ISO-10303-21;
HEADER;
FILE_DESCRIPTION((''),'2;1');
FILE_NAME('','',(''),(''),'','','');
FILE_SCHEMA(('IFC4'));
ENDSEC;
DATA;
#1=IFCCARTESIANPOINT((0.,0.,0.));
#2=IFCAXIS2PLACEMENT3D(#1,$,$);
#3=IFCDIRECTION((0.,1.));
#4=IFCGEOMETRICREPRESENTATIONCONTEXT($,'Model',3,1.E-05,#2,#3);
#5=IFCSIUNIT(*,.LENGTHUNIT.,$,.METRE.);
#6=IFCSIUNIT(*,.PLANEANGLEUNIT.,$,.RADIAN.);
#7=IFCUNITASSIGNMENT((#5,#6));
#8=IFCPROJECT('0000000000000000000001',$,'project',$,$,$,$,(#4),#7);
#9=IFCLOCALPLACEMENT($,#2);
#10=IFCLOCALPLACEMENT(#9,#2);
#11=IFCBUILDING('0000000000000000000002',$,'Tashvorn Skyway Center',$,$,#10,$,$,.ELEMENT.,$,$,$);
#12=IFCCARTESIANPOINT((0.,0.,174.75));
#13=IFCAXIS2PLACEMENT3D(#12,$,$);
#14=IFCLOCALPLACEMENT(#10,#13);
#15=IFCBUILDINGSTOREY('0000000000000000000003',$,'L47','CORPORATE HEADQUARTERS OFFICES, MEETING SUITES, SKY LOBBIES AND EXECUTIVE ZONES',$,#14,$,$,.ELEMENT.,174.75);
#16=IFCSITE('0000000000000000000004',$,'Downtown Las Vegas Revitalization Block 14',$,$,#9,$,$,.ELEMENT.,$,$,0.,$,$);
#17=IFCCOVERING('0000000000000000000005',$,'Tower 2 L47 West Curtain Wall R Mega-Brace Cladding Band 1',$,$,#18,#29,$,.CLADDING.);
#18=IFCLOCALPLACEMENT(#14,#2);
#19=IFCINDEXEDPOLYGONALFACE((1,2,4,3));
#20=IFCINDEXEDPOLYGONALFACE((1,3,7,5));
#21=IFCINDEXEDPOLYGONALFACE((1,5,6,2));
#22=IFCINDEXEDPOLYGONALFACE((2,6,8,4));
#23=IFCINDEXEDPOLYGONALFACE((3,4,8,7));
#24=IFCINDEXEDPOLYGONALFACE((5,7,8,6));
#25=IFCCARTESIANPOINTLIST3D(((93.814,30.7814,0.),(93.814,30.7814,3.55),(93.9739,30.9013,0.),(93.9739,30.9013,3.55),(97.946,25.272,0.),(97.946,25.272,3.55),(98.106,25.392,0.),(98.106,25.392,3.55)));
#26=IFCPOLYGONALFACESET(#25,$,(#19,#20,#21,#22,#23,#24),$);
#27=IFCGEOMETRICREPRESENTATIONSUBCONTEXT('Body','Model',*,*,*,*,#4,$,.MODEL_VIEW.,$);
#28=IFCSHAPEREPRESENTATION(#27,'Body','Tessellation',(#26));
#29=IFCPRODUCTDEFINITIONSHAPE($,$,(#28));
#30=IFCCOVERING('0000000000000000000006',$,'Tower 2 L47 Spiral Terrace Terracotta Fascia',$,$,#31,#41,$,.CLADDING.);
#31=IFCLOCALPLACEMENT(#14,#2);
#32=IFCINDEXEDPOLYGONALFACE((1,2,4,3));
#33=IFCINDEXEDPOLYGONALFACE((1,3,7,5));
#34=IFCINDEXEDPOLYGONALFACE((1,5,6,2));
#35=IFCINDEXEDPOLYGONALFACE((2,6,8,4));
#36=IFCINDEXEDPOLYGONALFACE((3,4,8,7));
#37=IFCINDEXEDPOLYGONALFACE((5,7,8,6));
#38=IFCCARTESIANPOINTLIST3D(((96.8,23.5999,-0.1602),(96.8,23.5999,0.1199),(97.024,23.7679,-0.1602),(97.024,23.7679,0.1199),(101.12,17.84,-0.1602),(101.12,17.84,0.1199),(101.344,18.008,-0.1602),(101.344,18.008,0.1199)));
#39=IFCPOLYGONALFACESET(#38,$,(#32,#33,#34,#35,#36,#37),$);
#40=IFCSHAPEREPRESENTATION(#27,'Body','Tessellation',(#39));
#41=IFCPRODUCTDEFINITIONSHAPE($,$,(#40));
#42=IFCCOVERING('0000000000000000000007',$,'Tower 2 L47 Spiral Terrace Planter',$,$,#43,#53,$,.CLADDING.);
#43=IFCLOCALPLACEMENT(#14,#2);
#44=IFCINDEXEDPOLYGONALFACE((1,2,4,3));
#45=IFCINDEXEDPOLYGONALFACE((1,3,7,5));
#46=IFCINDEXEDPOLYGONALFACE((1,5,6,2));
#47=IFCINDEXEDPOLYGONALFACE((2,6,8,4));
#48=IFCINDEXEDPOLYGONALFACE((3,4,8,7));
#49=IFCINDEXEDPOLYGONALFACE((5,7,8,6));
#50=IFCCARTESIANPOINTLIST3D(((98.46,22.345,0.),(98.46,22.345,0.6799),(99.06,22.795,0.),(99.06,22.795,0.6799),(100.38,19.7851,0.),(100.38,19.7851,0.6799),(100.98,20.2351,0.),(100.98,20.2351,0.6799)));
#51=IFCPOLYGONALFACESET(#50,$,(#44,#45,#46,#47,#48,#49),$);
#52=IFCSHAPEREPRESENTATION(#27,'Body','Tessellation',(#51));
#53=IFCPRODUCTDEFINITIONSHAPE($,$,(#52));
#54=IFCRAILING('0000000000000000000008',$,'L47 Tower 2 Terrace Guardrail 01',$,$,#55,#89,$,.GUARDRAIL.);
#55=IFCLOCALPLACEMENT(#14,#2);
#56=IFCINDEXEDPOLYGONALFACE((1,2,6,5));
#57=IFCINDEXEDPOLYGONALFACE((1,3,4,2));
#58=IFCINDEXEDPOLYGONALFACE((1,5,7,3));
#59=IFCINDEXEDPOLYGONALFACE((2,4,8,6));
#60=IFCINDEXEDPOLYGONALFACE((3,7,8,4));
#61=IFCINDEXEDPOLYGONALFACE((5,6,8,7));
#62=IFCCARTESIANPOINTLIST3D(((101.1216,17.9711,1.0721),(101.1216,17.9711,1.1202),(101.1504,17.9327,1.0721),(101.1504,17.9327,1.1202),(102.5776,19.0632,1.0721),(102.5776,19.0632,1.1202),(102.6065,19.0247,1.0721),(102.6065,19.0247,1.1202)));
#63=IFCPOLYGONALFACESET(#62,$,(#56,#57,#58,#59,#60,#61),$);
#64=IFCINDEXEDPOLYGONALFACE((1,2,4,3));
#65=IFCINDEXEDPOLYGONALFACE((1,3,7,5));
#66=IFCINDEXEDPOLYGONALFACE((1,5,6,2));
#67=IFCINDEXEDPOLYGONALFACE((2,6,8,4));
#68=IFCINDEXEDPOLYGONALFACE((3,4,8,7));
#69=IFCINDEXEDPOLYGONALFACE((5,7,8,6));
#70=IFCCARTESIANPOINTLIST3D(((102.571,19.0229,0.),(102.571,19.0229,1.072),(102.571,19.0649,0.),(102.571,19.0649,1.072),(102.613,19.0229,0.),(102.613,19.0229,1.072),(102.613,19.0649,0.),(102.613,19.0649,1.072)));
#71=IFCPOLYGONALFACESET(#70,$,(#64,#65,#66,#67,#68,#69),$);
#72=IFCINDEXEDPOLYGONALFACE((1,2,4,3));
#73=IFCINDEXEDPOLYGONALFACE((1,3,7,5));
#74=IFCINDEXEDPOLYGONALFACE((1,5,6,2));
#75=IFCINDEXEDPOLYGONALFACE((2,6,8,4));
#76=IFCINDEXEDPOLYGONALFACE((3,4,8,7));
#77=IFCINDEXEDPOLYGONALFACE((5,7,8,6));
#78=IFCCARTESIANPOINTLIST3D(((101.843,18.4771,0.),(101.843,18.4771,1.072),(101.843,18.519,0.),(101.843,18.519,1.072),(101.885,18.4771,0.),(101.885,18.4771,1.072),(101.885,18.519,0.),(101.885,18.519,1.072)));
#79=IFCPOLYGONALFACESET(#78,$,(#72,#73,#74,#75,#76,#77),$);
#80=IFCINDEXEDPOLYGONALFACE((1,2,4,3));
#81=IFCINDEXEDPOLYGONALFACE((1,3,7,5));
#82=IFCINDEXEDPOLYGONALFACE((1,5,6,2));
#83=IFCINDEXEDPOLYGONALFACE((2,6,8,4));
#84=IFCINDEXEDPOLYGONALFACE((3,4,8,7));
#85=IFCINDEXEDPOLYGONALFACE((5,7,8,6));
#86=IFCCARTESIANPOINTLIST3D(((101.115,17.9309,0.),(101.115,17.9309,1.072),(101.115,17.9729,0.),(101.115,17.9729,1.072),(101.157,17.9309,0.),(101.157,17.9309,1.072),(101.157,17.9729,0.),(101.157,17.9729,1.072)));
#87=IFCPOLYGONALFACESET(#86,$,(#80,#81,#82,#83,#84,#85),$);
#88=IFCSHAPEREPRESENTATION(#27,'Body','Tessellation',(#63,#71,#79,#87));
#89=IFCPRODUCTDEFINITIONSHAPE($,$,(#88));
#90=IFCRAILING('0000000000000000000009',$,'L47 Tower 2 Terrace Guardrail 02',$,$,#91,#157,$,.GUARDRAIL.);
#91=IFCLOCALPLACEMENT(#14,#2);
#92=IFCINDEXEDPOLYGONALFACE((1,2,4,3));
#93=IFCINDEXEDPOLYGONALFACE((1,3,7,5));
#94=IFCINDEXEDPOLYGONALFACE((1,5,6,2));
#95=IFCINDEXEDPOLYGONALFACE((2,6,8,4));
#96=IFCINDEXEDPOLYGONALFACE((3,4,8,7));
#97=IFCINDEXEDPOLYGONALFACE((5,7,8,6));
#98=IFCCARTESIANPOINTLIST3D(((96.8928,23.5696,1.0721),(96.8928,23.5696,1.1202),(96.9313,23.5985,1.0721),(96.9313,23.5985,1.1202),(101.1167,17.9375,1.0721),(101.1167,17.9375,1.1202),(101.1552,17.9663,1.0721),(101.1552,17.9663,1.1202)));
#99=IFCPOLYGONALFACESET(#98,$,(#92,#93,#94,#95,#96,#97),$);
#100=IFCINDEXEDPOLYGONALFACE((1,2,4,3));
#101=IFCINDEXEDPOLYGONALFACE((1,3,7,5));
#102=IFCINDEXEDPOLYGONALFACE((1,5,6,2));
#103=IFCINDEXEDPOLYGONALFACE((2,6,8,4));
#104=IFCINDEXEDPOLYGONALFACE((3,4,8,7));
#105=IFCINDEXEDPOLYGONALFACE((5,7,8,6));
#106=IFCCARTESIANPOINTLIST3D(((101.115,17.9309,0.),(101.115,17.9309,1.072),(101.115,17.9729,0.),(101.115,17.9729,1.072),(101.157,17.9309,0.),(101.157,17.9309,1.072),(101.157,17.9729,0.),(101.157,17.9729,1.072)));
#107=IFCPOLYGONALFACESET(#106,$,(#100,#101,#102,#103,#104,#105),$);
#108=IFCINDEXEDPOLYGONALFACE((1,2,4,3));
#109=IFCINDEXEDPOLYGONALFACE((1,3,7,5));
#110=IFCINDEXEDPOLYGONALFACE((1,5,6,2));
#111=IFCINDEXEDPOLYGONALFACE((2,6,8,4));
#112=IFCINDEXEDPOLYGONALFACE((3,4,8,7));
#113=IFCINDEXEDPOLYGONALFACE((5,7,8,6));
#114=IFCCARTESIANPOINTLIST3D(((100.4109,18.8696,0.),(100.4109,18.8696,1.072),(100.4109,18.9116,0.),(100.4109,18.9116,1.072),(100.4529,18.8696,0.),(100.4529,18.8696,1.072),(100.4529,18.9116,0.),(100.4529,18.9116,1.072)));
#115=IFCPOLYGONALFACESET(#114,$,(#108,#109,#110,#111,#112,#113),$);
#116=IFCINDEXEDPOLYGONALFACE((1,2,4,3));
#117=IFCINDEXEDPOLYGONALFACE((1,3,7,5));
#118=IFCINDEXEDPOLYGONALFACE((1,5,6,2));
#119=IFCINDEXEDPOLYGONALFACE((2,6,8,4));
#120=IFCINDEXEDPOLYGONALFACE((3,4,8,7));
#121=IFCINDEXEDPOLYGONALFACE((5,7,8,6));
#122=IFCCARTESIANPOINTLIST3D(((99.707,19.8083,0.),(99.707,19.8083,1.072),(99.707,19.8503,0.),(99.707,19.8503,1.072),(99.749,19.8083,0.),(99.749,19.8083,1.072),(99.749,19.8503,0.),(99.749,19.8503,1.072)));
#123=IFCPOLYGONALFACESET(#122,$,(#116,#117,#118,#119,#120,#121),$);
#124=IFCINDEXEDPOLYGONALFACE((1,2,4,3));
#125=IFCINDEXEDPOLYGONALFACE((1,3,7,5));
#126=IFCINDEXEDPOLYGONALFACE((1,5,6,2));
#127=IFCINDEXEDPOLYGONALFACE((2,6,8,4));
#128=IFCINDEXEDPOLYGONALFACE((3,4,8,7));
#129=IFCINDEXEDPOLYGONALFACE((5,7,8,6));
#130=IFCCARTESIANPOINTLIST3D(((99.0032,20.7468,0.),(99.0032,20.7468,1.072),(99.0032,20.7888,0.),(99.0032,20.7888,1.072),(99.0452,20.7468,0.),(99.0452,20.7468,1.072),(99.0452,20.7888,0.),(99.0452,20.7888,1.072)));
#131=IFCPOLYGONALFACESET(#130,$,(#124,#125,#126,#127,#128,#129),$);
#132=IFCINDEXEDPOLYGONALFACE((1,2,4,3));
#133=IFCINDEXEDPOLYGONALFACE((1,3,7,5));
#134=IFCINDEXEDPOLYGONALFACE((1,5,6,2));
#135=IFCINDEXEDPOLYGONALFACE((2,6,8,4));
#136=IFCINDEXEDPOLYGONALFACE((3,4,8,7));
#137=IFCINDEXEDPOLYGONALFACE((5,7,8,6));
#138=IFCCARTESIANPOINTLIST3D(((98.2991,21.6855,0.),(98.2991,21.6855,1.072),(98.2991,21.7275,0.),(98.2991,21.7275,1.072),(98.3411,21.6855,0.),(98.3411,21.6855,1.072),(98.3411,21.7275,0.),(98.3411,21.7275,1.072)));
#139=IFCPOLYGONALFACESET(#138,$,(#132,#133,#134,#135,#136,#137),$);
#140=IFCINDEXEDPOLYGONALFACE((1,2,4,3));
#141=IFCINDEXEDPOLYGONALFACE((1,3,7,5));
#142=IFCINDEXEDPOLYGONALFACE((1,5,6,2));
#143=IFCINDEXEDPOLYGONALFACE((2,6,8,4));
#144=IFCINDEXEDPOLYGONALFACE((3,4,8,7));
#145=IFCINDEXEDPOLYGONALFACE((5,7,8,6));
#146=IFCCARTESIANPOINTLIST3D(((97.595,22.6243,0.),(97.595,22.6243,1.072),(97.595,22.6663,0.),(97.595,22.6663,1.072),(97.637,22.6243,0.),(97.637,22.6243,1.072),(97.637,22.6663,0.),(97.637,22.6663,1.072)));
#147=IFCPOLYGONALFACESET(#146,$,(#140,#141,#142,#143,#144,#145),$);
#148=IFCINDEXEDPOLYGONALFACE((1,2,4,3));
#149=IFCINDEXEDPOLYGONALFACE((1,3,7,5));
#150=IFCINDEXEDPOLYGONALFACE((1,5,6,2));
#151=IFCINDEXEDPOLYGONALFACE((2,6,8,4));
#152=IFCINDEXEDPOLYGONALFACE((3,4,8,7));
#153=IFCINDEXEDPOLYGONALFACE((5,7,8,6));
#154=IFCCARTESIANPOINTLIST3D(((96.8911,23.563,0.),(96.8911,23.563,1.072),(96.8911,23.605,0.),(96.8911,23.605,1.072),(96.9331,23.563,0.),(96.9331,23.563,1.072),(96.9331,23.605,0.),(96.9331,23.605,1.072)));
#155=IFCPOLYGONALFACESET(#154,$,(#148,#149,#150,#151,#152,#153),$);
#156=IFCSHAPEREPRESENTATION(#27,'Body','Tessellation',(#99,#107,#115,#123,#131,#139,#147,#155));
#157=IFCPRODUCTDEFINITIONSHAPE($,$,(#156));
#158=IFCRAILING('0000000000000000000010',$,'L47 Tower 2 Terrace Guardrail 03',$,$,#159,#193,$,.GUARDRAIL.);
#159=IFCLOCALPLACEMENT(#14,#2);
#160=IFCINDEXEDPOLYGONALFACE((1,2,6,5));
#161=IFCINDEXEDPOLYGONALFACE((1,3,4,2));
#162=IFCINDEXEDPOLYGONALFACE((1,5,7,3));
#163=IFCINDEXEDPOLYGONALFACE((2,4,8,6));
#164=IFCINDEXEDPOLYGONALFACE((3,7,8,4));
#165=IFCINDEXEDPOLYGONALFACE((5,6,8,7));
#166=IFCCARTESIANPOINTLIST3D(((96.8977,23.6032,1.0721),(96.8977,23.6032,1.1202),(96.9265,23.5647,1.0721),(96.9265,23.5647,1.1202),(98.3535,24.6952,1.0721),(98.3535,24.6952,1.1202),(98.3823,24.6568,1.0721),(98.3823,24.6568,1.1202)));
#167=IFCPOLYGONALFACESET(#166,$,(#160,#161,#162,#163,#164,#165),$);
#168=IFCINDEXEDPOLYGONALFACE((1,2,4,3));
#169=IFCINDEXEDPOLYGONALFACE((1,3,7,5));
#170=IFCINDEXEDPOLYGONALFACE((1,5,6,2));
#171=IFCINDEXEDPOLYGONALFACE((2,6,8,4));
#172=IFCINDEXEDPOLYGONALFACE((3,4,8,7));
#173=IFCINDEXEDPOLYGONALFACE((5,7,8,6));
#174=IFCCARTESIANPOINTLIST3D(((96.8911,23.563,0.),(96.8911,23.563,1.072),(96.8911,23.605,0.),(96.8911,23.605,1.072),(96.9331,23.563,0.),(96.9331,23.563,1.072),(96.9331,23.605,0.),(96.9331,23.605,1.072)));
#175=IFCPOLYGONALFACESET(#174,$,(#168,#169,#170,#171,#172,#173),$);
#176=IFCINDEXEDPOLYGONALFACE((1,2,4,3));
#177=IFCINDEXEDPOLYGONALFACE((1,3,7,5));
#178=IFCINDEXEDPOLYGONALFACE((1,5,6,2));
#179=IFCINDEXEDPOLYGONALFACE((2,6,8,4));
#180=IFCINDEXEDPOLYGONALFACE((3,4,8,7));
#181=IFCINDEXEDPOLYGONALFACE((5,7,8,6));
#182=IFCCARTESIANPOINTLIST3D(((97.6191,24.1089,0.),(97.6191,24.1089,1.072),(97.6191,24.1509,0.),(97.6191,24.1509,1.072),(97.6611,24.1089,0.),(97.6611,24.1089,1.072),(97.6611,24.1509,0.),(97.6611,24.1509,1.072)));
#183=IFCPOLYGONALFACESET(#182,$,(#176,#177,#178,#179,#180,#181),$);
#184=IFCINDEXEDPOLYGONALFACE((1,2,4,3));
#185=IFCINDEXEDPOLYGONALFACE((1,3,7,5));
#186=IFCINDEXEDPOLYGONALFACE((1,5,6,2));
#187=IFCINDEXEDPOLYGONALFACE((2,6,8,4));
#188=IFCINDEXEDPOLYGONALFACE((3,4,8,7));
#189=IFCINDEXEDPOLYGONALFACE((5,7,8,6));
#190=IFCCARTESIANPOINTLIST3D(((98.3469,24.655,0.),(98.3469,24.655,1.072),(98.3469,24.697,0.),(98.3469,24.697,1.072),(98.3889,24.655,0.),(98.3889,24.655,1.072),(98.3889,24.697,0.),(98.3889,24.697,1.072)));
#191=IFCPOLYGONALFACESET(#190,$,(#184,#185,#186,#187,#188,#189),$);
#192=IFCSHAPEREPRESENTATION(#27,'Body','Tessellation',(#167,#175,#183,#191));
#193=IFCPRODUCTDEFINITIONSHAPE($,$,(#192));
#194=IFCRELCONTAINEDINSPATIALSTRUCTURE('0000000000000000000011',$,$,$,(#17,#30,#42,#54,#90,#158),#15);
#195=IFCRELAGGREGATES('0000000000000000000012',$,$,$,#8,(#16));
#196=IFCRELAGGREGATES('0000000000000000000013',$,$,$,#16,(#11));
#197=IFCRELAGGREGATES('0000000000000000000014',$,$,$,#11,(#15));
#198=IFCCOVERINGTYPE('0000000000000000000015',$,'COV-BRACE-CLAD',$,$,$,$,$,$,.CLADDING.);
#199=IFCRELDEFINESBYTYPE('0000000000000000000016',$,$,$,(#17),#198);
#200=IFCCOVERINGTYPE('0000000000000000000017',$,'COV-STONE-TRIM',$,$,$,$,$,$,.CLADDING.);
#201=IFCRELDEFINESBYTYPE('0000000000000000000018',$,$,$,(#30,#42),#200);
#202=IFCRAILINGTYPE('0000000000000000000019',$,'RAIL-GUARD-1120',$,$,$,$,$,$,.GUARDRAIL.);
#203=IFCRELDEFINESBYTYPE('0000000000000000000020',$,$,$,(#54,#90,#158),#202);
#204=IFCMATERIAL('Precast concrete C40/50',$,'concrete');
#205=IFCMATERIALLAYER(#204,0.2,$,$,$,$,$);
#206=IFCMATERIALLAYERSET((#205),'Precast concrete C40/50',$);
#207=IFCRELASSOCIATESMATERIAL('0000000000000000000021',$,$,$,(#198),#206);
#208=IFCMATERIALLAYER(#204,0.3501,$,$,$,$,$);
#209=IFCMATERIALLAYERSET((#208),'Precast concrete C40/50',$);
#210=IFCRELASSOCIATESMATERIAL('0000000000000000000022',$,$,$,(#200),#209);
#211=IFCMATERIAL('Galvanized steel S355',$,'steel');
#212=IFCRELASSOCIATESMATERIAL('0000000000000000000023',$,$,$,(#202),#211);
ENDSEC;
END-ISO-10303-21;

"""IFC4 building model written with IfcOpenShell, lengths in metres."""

from ifc_helpers import new_model, si_unit, direction, frame, origin, origin_2d, place, context, subcontext, project, spatial, rectangle, extrude, material, layer, layer_set, type_object, element, save


model = new_model("IFC4")

# Units and contexts
model_context = context("Model", 3, precision=1e-05, world=origin(), true_north=direction((0.0, 1.0)))
body_context = subcontext(model_context, "Body", "Model", "MODEL_VIEW")
ifc_project = project(units=[si_unit("LENGTHUNIT", "METRE"), si_unit("PLANEANGLEUNIT", "RADIAN")], contexts=[model_context])

# Site, building, storey
site_placement = place(None, origin())
site = spatial("IfcSite", under=ifc_project, at=site_placement, Name="Downtown Las Vegas Revitalization Block 14", CompositionType="ELEMENT", RefElevation=0.0)
building_placement = place(site_placement, origin())
building = spatial("IfcBuilding", under=site, at=building_placement, Name="Tashvorn Skyway Center", CompositionType="ELEMENT")
storey_placement = place(building_placement, frame((0.0, 0.0, 174.75)))
storey = spatial("IfcBuildingStorey", under=building, at=storey_placement, Name="L47", Description="CORPORATE HEADQUARTERS OFFICES, MEETING SUITES, SKY LOBBIES AND EXECUTIVE ZONES", CompositionType="ELEMENT", Elevation=174.75)

# Shared definitions
ifc_material_1 = material(Name="Precast concrete C40/50", Category="concrete")

# Coverings
ifc_layer_1 = layer(ifc_material_1, 0.2)
ifc_layer_set_1 = layer_set([ifc_layer_1], Name="Precast concrete C40/50")
covering_type_1 = type_object("IfcCoveringType", Name="COV-BRACE-CLAD", PredefinedType="CLADDING", material=ifc_layer_set_1)
covering_1_placement = place(storey_placement, frame((95.96, 28.0867, 0.0), z_axis=(0.0, 0.0, 1.0), x_axis=(-0.6, 0.8, 0.0)))
element("IfcCovering", 1, at=covering_1_placement, inside=storey, type_object=covering_type_1, Name="Tower 2 L47 West Curtain Wall R Mega-Brace Cladding Band 1", PredefinedType="CLADDING", context=body_context, shape_type="SweptSolid", body=[
    extrude(rectangle(XDim=6.8867, YDim=0.2, at=origin_2d()), origin(), (0.0, 0.0, 1.0), 3.55),
])
ifc_layer_2 = layer(ifc_material_1, 0.3501)
ifc_layer_set_2 = layer_set([ifc_layer_2], Name="Precast concrete C40/50")
covering_type_2 = type_object("IfcCoveringType", Name="COV-STONE-TRIM", PredefinedType="CLADDING", material=ifc_layer_set_2)
covering_2_placement = place(storey_placement, frame((99.072, 20.804, -0.1602), z_axis=(0.0, 0.0, 1.0), x_axis=(-0.6, 0.8, 0.0)))
element("IfcCovering", 2, at=covering_2_placement, inside=storey, type_object=covering_type_2, Name="Tower 2 L47 Spiral Terrace Terracotta Fascia", PredefinedType="CLADDING", context=body_context, shape_type="SweptSolid", body=[
    extrude(rectangle(XDim=7.2, YDim=0.28, at=origin_2d()), origin(), (0.0, 0.0, 1.0), 0.28),
])
covering_3_placement = place(storey_placement, frame((99.72, 21.29, 0.0), z_axis=(0.0, 0.0, 1.0), x_axis=(-0.6, 0.8, 0.0)))
element("IfcCovering", 3, at=covering_3_placement, inside=storey, type_object=covering_type_2, Name="Tower 2 L47 Spiral Terrace Planter", PredefinedType="CLADDING", context=body_context, shape_type="SweptSolid", body=[
    extrude(rectangle(XDim=3.2, YDim=0.75, at=origin_2d()), origin(), (0.0, 0.0, 1.0), 0.6799),
])

# Railings
ifc_material_2 = material(Name="Galvanized steel S355", Category="steel")
railing_type = type_object("IfcRailingType", Name="RAIL-GUARD-1120", PredefinedType="GUARDRAIL", material=ifc_material_2)
railing_1_placement = place(storey_placement, frame((102.592, 19.0439, 0.0)))
element("IfcRailing", 4, at=railing_1_placement, inside=storey, type_object=railing_type, Name="L47 Tower 2 Terrace Guardrail 01", PredefinedType="GUARDRAIL", context=body_context, shape_type="SweptSolid", body=[
    extrude(rectangle(XDim=0.0481, YDim=0.0481, at=origin_2d()), frame((0.0, 0.0, 1.0962), z_axis=(-0.8, -0.6, 0.0), x_axis=(0.6, -0.8, 0.0)), (0.0, 0.0, 1.0), 1.8201),
    extrude(rectangle(XDim=0.042, YDim=0.042, at=origin_2d()), origin(), (0.0, 0.0, 1.0), 1.072),
    extrude(rectangle(XDim=0.042, YDim=0.042, at=origin_2d()), frame((-0.728, -0.5459, 0.0)), (0.0, 0.0, 1.0), 1.072),
    extrude(rectangle(XDim=0.042, YDim=0.042, at=origin_2d()), frame((-1.4561, -1.092, 0.0)), (0.0, 0.0, 1.0), 1.072),
])
railing_2_placement = place(storey_placement, frame((101.136, 17.9519, 0.0)))
element("IfcRailing", 5, at=railing_2_placement, inside=storey, type_object=railing_type, Name="L47 Tower 2 Terrace Guardrail 02", PredefinedType="GUARDRAIL", context=body_context, shape_type="SweptSolid", body=[
    extrude(rectangle(XDim=0.0481, YDim=0.0481, at=origin_2d()), frame((0.0, 0.0, 1.0962), z_axis=(-0.599983, 0.800012, 0.0), x_axis=(-0.800012, -0.599983, 0.0)), (0.0, 0.0, 1.0), 7.04),
    extrude(rectangle(XDim=0.042, YDim=0.042, at=origin_2d()), origin(), (0.0, 0.0, 1.0), 1.072),
    extrude(rectangle(XDim=0.042, YDim=0.042, at=origin_2d()), frame((-0.7041, 0.9387, 0.0)), (0.0, 0.0, 1.0), 1.072),
    extrude(rectangle(XDim=0.042, YDim=0.042, at=origin_2d()), frame((-1.408, 1.8774, 0.0)), (0.0, 0.0, 1.0), 1.072),
    extrude(rectangle(XDim=0.042, YDim=0.042, at=origin_2d()), frame((-2.1118, 2.8159, 0.0)), (0.0, 0.0, 1.0), 1.072),
    extrude(rectangle(XDim=0.042, YDim=0.042, at=origin_2d()), frame((-2.8159, 3.7546, 0.0)), (0.0, 0.0, 1.0), 1.072),
    extrude(rectangle(XDim=0.042, YDim=0.042, at=origin_2d()), frame((-3.52, 4.6934, 0.0)), (0.0, 0.0, 1.0), 1.072),
    extrude(rectangle(XDim=0.042, YDim=0.042, at=origin_2d()), frame((-4.2239, 5.6321, 0.0)), (0.0, 0.0, 1.0), 1.072),
])
railing_3_placement = place(storey_placement, frame((96.9121, 23.584, 0.0)))
element("IfcRailing", 6, at=railing_3_placement, inside=storey, type_object=railing_type, Name="L47 Tower 2 Terrace Guardrail 03", PredefinedType="GUARDRAIL", context=body_context, shape_type="SweptSolid", body=[
    extrude(rectangle(XDim=0.0481, YDim=0.0481, at=origin_2d()), frame((0.0, 0.0, 1.0962), z_axis=(0.799952, 0.600064, 0.0), x_axis=(-0.600064, 0.799952, 0.0)), (0.0, 0.0, 1.0), 1.8198),
    extrude(rectangle(XDim=0.042, YDim=0.042, at=origin_2d()), origin(), (0.0, 0.0, 1.0), 1.072),
    extrude(rectangle(XDim=0.042, YDim=0.042, at=origin_2d()), frame((0.728, 0.5459, 0.0)), (0.0, 0.0, 1.0), 1.072),
    extrude(rectangle(XDim=0.042, YDim=0.042, at=origin_2d()), frame((1.4558, 1.092, 0.0)), (0.0, 0.0, 1.0), 1.072),
])

save(model, "model.ifc")
